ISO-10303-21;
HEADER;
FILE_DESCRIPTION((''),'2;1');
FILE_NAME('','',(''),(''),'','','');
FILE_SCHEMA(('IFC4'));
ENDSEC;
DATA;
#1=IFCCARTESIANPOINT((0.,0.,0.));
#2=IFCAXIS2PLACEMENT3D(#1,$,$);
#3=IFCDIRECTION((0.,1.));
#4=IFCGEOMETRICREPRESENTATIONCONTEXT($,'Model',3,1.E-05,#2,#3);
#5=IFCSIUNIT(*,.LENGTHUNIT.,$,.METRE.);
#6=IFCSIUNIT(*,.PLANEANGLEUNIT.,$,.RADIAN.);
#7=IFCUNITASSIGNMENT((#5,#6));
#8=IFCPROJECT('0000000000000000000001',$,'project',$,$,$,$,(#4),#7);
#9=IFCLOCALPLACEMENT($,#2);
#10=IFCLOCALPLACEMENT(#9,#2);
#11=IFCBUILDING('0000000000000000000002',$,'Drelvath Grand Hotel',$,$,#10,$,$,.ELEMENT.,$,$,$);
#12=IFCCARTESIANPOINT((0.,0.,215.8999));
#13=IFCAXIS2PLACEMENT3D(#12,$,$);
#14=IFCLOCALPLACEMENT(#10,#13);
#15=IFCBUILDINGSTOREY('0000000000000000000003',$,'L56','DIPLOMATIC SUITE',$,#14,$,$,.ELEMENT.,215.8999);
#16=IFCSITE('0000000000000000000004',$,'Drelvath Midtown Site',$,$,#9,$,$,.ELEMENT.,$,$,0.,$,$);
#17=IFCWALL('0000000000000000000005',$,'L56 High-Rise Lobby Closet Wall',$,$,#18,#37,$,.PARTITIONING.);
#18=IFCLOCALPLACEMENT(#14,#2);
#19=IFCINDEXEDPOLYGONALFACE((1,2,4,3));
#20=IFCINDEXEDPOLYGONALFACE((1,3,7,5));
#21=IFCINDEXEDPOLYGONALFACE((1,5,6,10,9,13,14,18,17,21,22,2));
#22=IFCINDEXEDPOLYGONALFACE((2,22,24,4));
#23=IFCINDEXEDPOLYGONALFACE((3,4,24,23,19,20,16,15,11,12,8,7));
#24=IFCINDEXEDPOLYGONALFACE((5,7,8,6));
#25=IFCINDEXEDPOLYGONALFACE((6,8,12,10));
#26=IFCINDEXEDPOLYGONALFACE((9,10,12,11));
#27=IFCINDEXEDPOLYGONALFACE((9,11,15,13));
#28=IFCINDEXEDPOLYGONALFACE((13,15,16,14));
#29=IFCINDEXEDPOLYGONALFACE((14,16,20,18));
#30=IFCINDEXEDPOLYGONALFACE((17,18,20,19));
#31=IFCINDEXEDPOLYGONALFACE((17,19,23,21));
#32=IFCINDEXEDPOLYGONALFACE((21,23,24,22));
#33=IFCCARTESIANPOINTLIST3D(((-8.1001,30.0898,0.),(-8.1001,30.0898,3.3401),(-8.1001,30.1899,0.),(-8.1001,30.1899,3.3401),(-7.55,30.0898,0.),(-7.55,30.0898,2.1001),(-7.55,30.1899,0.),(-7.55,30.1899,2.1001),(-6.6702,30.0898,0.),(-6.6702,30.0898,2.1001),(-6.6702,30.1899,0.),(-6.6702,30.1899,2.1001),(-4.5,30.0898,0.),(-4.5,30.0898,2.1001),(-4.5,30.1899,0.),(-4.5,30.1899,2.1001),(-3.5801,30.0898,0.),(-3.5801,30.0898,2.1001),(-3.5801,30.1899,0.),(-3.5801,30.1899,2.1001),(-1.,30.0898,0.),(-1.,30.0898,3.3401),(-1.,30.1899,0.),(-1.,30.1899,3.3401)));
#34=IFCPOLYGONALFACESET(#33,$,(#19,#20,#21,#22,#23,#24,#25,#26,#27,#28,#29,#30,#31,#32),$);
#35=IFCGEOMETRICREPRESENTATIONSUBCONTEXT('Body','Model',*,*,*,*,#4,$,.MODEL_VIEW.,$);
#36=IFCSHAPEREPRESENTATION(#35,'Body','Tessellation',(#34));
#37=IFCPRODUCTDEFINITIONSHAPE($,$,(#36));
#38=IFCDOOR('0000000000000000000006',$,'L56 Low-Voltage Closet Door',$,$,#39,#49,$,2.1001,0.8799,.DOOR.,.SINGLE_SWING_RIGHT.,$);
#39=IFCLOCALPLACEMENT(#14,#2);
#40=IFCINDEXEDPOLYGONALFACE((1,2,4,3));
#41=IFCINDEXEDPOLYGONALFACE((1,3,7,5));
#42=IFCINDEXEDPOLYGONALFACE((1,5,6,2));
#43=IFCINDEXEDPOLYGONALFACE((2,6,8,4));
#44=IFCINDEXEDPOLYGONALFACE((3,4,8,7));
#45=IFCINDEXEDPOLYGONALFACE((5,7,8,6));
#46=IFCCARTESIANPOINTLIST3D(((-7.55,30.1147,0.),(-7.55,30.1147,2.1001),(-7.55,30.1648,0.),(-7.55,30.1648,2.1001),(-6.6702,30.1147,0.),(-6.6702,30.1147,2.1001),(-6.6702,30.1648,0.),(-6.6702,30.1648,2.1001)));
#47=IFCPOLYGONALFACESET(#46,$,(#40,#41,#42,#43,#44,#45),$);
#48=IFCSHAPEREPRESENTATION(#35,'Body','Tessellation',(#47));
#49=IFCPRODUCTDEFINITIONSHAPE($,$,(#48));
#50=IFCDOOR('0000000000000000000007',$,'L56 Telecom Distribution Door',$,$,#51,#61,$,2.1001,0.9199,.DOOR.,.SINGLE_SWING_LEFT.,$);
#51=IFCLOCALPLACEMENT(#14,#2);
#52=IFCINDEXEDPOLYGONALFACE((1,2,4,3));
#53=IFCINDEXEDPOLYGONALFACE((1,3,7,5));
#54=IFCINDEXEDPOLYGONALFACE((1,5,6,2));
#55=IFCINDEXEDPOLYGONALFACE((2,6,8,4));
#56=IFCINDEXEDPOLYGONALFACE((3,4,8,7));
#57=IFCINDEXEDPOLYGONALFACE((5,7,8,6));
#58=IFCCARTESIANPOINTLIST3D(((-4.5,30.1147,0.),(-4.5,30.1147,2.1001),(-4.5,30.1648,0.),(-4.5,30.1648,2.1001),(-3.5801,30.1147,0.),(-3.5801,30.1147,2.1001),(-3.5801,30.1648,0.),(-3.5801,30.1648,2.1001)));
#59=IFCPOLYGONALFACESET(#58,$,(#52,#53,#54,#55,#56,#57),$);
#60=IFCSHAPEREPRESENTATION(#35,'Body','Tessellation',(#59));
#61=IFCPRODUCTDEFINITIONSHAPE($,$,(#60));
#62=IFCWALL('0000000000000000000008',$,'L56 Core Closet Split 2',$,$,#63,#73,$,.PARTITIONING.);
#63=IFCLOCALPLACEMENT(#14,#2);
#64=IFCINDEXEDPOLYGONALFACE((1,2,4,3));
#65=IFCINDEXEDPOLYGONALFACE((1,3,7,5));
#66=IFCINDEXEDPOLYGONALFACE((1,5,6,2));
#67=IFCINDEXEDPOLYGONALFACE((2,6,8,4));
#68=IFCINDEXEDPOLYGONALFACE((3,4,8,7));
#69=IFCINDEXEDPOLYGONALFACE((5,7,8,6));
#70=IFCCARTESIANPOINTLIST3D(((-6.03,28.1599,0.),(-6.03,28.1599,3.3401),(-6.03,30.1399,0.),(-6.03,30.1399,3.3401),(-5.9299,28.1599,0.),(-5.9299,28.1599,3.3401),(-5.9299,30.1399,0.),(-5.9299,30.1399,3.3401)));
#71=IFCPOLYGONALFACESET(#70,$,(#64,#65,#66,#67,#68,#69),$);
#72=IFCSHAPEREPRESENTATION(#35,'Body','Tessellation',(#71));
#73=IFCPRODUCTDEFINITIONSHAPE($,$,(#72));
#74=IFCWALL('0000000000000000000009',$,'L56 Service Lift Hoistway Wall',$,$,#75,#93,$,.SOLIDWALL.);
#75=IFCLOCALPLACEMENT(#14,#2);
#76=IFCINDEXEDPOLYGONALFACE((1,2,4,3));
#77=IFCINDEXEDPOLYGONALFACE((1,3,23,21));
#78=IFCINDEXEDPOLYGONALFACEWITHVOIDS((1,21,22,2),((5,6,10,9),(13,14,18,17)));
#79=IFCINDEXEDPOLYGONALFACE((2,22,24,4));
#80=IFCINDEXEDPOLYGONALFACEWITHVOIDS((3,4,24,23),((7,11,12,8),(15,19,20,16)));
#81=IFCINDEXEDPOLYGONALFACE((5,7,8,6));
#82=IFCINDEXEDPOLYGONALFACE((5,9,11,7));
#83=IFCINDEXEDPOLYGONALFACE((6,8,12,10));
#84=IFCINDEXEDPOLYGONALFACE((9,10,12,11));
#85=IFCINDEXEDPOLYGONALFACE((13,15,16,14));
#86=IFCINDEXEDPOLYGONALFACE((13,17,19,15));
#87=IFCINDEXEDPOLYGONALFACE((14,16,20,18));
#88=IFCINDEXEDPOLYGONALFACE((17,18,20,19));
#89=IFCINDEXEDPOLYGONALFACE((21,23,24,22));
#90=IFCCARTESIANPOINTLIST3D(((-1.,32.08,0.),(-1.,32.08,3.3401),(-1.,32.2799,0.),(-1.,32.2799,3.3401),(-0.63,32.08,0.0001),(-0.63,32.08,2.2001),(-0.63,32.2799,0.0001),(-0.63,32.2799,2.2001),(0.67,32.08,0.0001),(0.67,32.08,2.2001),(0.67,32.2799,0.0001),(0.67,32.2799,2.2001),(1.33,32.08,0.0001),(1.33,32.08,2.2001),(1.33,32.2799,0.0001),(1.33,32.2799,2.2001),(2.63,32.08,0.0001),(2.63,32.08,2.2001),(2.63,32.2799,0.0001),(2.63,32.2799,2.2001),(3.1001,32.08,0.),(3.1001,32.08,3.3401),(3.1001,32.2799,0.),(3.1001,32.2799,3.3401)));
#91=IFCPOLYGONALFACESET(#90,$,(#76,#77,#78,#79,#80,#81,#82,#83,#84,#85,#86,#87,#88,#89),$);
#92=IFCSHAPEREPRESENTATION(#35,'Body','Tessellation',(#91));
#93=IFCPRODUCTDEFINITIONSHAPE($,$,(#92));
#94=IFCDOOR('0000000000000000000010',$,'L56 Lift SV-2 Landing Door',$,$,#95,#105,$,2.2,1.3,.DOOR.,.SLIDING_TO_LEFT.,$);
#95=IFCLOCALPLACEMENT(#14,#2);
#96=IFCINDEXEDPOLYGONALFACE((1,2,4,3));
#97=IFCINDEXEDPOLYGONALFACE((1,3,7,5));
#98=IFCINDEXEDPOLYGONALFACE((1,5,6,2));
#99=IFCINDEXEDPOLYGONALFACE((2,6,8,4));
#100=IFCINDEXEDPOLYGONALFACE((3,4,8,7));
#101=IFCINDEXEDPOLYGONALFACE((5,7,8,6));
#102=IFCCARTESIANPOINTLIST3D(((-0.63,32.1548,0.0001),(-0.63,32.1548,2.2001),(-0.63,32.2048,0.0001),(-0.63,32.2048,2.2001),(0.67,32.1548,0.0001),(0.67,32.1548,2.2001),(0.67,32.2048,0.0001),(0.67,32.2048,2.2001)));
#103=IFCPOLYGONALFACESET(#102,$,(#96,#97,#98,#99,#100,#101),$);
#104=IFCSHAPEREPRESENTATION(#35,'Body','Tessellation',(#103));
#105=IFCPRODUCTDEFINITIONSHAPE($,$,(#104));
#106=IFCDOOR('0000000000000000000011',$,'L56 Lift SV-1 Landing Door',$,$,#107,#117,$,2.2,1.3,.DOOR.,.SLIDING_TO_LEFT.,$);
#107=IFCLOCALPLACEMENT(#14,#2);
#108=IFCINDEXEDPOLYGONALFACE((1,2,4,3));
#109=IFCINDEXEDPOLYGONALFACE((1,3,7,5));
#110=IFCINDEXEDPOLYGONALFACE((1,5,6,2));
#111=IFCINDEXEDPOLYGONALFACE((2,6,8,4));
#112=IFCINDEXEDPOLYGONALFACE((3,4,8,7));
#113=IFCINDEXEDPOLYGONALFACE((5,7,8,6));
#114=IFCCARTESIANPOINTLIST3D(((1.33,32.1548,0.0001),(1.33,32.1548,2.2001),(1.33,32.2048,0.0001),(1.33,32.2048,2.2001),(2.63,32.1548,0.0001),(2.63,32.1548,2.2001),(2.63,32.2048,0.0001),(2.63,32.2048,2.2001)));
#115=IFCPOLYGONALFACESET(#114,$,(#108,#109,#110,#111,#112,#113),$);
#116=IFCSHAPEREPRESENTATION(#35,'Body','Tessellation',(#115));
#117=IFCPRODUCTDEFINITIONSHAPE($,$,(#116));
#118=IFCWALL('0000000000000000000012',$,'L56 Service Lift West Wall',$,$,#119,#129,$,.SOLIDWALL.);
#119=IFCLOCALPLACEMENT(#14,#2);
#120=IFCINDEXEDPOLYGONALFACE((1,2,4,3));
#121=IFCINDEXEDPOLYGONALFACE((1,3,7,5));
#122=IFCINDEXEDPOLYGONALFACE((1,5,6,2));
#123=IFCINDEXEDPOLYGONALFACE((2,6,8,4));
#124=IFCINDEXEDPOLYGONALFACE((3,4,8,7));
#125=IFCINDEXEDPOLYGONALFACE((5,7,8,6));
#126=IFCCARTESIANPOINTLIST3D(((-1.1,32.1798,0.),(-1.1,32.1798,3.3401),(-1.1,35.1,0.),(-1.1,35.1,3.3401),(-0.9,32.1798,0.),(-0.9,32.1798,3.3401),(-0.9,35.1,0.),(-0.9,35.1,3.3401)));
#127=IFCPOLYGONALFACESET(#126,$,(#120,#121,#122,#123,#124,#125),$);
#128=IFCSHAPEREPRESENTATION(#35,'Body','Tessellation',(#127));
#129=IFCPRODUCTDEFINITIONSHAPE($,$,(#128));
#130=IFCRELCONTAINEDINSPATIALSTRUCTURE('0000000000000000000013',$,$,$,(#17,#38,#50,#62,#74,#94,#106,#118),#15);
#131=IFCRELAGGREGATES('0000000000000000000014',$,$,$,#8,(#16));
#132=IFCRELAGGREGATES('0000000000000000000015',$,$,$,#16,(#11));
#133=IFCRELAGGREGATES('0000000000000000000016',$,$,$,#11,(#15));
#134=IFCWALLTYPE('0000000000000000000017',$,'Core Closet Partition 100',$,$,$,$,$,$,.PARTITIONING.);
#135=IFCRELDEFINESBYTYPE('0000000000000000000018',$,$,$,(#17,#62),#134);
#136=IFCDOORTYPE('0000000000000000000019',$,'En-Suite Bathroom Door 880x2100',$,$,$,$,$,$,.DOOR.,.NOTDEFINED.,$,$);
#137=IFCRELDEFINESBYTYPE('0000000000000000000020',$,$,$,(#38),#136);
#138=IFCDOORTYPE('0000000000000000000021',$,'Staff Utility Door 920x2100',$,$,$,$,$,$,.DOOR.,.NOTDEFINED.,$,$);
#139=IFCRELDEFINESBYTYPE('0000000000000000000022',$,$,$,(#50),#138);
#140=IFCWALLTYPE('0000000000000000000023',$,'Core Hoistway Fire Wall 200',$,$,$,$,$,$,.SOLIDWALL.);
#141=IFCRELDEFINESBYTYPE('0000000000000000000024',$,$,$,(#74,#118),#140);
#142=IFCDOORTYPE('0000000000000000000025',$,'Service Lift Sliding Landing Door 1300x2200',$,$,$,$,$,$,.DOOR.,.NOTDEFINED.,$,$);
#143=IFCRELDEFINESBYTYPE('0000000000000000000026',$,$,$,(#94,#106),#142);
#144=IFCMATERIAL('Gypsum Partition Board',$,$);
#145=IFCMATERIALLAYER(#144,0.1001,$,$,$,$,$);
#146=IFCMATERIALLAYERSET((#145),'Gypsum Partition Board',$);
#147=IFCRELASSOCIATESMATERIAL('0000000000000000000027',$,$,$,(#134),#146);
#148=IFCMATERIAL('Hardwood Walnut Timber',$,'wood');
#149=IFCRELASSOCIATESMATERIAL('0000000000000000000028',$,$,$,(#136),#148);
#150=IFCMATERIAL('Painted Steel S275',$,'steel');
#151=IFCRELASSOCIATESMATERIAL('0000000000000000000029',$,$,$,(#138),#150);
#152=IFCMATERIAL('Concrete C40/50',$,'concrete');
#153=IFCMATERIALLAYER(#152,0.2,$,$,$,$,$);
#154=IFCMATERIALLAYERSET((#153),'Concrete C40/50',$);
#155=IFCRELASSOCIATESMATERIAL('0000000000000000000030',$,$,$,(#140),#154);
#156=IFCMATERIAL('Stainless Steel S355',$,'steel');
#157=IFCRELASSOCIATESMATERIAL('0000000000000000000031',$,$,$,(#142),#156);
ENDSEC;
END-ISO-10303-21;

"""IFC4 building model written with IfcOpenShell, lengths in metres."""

from ifc_helpers import new_model, si_unit, direction, frame, frame_2d, origin, place, context, subcontext, project, spatial, rectangle, extrude, material, layer, layer_set, type_object, element, fill, save


model = new_model("IFC4")

# Units and contexts
model_context = context("Model", 3, precision=1e-05, world=origin(), true_north=direction((0.0, 1.0)))
body_context = subcontext(model_context, "Body", "Model", "MODEL_VIEW")
ifc_project = project(units=[si_unit("LENGTHUNIT", "METRE"), si_unit("PLANEANGLEUNIT", "RADIAN")], contexts=[model_context])

# Site, building, storey
site_placement = place(None, origin())
site = spatial("IfcSite", under=ifc_project, at=site_placement, Name="Drelvath Midtown Site", CompositionType="ELEMENT", RefElevation=0.0)
building_placement = place(site_placement, origin())
building = spatial("IfcBuilding", under=site, at=building_placement, Name="Drelvath Grand Hotel", CompositionType="ELEMENT")
storey_placement = place(building_placement, frame((0.0, 0.0, 215.8999)))
storey = spatial("IfcBuildingStorey", under=building, at=storey_placement, Name="L56", Description="DIPLOMATIC SUITE", CompositionType="ELEMENT", Elevation=215.8999)

# Wall, openings, doors
ifc_material_1 = material(Name="Gypsum Partition Board")
ifc_layer_1 = layer(ifc_material_1, 0.1001)
ifc_layer_set_1 = layer_set([ifc_layer_1], Name="Gypsum Partition Board")
wall_type_1 = type_object("IfcWallType", Name="Core Closet Partition 100", PredefinedType="PARTITIONING", material=ifc_layer_set_1)
wall_1_placement = place(storey_placement, frame((-8.1001, 30.1399, 0.0), z_axis=(0.0, 0.0, 1.0), x_axis=(1.0, 0.0, 0.0)))
wall_1 = element("IfcWall", 1, at=wall_1_placement, inside=storey, type_object=wall_type_1, Name="L56 High-Rise Lobby Closet Wall", PredefinedType="PARTITIONING", context=body_context, shape_type="SweptSolid", body=[
    extrude(rectangle(XDim=7.1001, YDim=0.1001, at=frame_2d((3.55, 0.0))), origin(), (0.0, 0.0, 1.0), 3.3401),
])
opening_1_placement = place(wall_1_placement, frame((0.55, 0.0, 0.0)))
opening_1 = element("IfcOpeningElement", 2, at=opening_1_placement, cuts=wall_1, PredefinedType="OPENING", context=body_context, shape_type="SweptSolid", body=[
    extrude(rectangle(XDim=0.8799, YDim=2.1001, at=frame_2d((0.4399, 1.05))), frame((0.0, 0.0601, 0.0), z_axis=(0.0, -1.0, 0.0), x_axis=(1.0, 0.0, 0.0)), (0.0, 0.0, 1.0), 0.1201),
])
opening_2_placement = place(wall_1_placement, frame((3.6001, 0.0, 0.0)))
opening_2 = element("IfcOpeningElement", 3, at=opening_2_placement, cuts=wall_1, PredefinedType="OPENING", context=body_context, shape_type="SweptSolid", body=[
    extrude(rectangle(XDim=0.9199, YDim=2.1001, at=frame_2d((0.46, 1.05))), frame((0.0, 0.0601, 0.0), z_axis=(0.0, -1.0, 0.0), x_axis=(1.0, 0.0, 0.0)), (0.0, 0.0, 1.0), 0.1201),
])
ifc_material_2 = material(Name="Hardwood Walnut Timber", Category="wood")
door_type_1 = type_object("IfcDoorType", Name="En-Suite Bathroom Door 880x2100", OperationType="NOTDEFINED", PredefinedType="DOOR", material=ifc_material_2)
door_1_placement = place(opening_1_placement, origin())
door_1 = element("IfcDoor", 4, at=door_1_placement, inside=storey, type_object=door_type_1, Name="L56 Low-Voltage Closet Door", OperationType="SINGLE_SWING_RIGHT", OverallHeight=2.1001, OverallWidth=0.8799, PredefinedType="DOOR", context=body_context, shape_type="SweptSolid", body=[
    extrude(rectangle(XDim=0.8799, YDim=2.1001, at=frame_2d((0.4399, 1.05))), frame((0.0, 0.0249, 0.0), z_axis=(0.0, -1.0, 0.0), x_axis=(1.0, 0.0, 0.0)), (0.0, 0.0, 1.0), 0.05),
])
fill(opening_1, door_1)
ifc_material_3 = material(Name="Painted Steel S275", Category="steel")
door_type_2 = type_object("IfcDoorType", Name="Staff Utility Door 920x2100", OperationType="NOTDEFINED", PredefinedType="DOOR", material=ifc_material_3)
door_2_placement = place(opening_2_placement, origin())
door_2 = element("IfcDoor", 5, at=door_2_placement, inside=storey, type_object=door_type_2, Name="L56 Telecom Distribution Door", OperationType="SINGLE_SWING_LEFT", OverallHeight=2.1001, OverallWidth=0.9199, PredefinedType="DOOR", context=body_context, shape_type="SweptSolid", body=[
    extrude(rectangle(XDim=0.9199, YDim=2.1001, at=frame_2d((0.46, 1.05))), frame((0.0, 0.0249, 0.0), z_axis=(0.0, -1.0, 0.0), x_axis=(1.0, 0.0, 0.0)), (0.0, 0.0, 1.0), 0.05),
])
fill(opening_2, door_2)

# Wall
wall_2_placement = place(storey_placement, frame((-5.98, 28.1599, 0.0), z_axis=(0.0, 0.0, 1.0), x_axis=(0.0, 1.0, 0.0)))
element("IfcWall", 6, at=wall_2_placement, inside=storey, type_object=wall_type_1, Name="L56 Core Closet Split 2", PredefinedType="PARTITIONING", context=body_context, shape_type="SweptSolid", body=[
    extrude(rectangle(XDim=1.98, YDim=0.1001, at=frame_2d((0.99, 0.0))), origin(), (0.0, 0.0, 1.0), 3.3401),
])

# Wall, openings, doors
ifc_material_4 = material(Name="Concrete C40/50", Category="concrete")
ifc_layer_2 = layer(ifc_material_4, 0.2)
ifc_layer_set_2 = layer_set([ifc_layer_2], Name="Concrete C40/50")
wall_type_2 = type_object("IfcWallType", Name="Core Hoistway Fire Wall 200", PredefinedType="SOLIDWALL", material=ifc_layer_set_2)
wall_3_placement = place(storey_placement, frame((-1.0, 32.1799, 0.0), z_axis=(0.0, 0.0, 1.0), x_axis=(1.0, 0.0, 0.0)))
wall_3 = element("IfcWall", 7, at=wall_3_placement, inside=storey, type_object=wall_type_2, Name="L56 Service Lift Hoistway Wall", PredefinedType="SOLIDWALL", context=body_context, shape_type="SweptSolid", body=[
    extrude(rectangle(XDim=4.1001, YDim=0.2, at=frame_2d((2.05, 0.0))), origin(), (0.0, 0.0, 1.0), 3.3401),
])
opening_3_placement = place(wall_3_placement, frame((0.3701, 0.0, 0.0)))
opening_3 = element("IfcOpeningElement", 8, at=opening_3_placement, cuts=wall_3, PredefinedType="OPENING", context=body_context, shape_type="SweptSolid", body=[
    extrude(rectangle(XDim=1.3, YDim=2.2, at=frame_2d((0.6499, 1.1001))), frame((0.0, 0.1099, 0.0), z_axis=(0.0, -1.0, 0.0), x_axis=(1.0, 0.0, 0.0)), (0.0, 0.0, 1.0), 0.22),
])
opening_4_placement = place(wall_3_placement, frame((2.3301, 0.0, 0.0)))
opening_4 = element("IfcOpeningElement", 9, at=opening_4_placement, cuts=wall_3, PredefinedType="OPENING", context=body_context, shape_type="SweptSolid", body=[
    extrude(rectangle(XDim=1.3, YDim=2.2, at=frame_2d((0.6499, 1.1001))), frame((0.0, 0.1099, 0.0), z_axis=(0.0, -1.0, 0.0), x_axis=(1.0, 0.0, 0.0)), (0.0, 0.0, 1.0), 0.22),
])
ifc_material_5 = material(Name="Stainless Steel S355", Category="steel")
door_type_3 = type_object("IfcDoorType", Name="Service Lift Sliding Landing Door 1300x2200", OperationType="NOTDEFINED", PredefinedType="DOOR", material=ifc_material_5)
door_3_placement = place(opening_3_placement, origin())
door_3 = element("IfcDoor", 10, at=door_3_placement, inside=storey, type_object=door_type_3, Name="L56 Lift SV-2 Landing Door", OperationType="SLIDING_TO_LEFT", OverallHeight=2.2, OverallWidth=1.3, PredefinedType="DOOR", context=body_context, shape_type="SweptSolid", body=[
    extrude(rectangle(XDim=1.3, YDim=2.2, at=frame_2d((0.6499, 1.1001))), frame((0.0, 0.0249, 0.0), z_axis=(0.0, -1.0, 0.0), x_axis=(1.0, 0.0, 0.0)), (0.0, 0.0, 1.0), 0.05),
])
fill(opening_3, door_3)
door_4_placement = place(opening_4_placement, origin())
door_4 = element("IfcDoor", 11, at=door_4_placement, inside=storey, type_object=door_type_3, Name="L56 Lift SV-1 Landing Door", OperationType="SLIDING_TO_LEFT", OverallHeight=2.2, OverallWidth=1.3, PredefinedType="DOOR", context=body_context, shape_type="SweptSolid", body=[
    extrude(rectangle(XDim=1.3, YDim=2.2, at=frame_2d((0.6499, 1.1001))), frame((0.0, 0.0249, 0.0), z_axis=(0.0, -1.0, 0.0), x_axis=(1.0, 0.0, 0.0)), (0.0, 0.0, 1.0), 0.05),
])
fill(opening_4, door_4)

# Wall
wall_4_placement = place(storey_placement, frame((-1.0, 32.1799, 0.0), z_axis=(0.0, 0.0, 1.0), x_axis=(0.0, 1.0, 0.0)))
element("IfcWall", 12, at=wall_4_placement, inside=storey, type_object=wall_type_2, Name="L56 Service Lift West Wall", PredefinedType="SOLIDWALL", context=body_context, shape_type="SweptSolid", body=[
    extrude(rectangle(XDim=2.9202, YDim=0.2, at=frame_2d((1.46, 0.0))), origin(), (0.0, 0.0, 1.0), 3.3401),
])

save(model, "model.ifc")
